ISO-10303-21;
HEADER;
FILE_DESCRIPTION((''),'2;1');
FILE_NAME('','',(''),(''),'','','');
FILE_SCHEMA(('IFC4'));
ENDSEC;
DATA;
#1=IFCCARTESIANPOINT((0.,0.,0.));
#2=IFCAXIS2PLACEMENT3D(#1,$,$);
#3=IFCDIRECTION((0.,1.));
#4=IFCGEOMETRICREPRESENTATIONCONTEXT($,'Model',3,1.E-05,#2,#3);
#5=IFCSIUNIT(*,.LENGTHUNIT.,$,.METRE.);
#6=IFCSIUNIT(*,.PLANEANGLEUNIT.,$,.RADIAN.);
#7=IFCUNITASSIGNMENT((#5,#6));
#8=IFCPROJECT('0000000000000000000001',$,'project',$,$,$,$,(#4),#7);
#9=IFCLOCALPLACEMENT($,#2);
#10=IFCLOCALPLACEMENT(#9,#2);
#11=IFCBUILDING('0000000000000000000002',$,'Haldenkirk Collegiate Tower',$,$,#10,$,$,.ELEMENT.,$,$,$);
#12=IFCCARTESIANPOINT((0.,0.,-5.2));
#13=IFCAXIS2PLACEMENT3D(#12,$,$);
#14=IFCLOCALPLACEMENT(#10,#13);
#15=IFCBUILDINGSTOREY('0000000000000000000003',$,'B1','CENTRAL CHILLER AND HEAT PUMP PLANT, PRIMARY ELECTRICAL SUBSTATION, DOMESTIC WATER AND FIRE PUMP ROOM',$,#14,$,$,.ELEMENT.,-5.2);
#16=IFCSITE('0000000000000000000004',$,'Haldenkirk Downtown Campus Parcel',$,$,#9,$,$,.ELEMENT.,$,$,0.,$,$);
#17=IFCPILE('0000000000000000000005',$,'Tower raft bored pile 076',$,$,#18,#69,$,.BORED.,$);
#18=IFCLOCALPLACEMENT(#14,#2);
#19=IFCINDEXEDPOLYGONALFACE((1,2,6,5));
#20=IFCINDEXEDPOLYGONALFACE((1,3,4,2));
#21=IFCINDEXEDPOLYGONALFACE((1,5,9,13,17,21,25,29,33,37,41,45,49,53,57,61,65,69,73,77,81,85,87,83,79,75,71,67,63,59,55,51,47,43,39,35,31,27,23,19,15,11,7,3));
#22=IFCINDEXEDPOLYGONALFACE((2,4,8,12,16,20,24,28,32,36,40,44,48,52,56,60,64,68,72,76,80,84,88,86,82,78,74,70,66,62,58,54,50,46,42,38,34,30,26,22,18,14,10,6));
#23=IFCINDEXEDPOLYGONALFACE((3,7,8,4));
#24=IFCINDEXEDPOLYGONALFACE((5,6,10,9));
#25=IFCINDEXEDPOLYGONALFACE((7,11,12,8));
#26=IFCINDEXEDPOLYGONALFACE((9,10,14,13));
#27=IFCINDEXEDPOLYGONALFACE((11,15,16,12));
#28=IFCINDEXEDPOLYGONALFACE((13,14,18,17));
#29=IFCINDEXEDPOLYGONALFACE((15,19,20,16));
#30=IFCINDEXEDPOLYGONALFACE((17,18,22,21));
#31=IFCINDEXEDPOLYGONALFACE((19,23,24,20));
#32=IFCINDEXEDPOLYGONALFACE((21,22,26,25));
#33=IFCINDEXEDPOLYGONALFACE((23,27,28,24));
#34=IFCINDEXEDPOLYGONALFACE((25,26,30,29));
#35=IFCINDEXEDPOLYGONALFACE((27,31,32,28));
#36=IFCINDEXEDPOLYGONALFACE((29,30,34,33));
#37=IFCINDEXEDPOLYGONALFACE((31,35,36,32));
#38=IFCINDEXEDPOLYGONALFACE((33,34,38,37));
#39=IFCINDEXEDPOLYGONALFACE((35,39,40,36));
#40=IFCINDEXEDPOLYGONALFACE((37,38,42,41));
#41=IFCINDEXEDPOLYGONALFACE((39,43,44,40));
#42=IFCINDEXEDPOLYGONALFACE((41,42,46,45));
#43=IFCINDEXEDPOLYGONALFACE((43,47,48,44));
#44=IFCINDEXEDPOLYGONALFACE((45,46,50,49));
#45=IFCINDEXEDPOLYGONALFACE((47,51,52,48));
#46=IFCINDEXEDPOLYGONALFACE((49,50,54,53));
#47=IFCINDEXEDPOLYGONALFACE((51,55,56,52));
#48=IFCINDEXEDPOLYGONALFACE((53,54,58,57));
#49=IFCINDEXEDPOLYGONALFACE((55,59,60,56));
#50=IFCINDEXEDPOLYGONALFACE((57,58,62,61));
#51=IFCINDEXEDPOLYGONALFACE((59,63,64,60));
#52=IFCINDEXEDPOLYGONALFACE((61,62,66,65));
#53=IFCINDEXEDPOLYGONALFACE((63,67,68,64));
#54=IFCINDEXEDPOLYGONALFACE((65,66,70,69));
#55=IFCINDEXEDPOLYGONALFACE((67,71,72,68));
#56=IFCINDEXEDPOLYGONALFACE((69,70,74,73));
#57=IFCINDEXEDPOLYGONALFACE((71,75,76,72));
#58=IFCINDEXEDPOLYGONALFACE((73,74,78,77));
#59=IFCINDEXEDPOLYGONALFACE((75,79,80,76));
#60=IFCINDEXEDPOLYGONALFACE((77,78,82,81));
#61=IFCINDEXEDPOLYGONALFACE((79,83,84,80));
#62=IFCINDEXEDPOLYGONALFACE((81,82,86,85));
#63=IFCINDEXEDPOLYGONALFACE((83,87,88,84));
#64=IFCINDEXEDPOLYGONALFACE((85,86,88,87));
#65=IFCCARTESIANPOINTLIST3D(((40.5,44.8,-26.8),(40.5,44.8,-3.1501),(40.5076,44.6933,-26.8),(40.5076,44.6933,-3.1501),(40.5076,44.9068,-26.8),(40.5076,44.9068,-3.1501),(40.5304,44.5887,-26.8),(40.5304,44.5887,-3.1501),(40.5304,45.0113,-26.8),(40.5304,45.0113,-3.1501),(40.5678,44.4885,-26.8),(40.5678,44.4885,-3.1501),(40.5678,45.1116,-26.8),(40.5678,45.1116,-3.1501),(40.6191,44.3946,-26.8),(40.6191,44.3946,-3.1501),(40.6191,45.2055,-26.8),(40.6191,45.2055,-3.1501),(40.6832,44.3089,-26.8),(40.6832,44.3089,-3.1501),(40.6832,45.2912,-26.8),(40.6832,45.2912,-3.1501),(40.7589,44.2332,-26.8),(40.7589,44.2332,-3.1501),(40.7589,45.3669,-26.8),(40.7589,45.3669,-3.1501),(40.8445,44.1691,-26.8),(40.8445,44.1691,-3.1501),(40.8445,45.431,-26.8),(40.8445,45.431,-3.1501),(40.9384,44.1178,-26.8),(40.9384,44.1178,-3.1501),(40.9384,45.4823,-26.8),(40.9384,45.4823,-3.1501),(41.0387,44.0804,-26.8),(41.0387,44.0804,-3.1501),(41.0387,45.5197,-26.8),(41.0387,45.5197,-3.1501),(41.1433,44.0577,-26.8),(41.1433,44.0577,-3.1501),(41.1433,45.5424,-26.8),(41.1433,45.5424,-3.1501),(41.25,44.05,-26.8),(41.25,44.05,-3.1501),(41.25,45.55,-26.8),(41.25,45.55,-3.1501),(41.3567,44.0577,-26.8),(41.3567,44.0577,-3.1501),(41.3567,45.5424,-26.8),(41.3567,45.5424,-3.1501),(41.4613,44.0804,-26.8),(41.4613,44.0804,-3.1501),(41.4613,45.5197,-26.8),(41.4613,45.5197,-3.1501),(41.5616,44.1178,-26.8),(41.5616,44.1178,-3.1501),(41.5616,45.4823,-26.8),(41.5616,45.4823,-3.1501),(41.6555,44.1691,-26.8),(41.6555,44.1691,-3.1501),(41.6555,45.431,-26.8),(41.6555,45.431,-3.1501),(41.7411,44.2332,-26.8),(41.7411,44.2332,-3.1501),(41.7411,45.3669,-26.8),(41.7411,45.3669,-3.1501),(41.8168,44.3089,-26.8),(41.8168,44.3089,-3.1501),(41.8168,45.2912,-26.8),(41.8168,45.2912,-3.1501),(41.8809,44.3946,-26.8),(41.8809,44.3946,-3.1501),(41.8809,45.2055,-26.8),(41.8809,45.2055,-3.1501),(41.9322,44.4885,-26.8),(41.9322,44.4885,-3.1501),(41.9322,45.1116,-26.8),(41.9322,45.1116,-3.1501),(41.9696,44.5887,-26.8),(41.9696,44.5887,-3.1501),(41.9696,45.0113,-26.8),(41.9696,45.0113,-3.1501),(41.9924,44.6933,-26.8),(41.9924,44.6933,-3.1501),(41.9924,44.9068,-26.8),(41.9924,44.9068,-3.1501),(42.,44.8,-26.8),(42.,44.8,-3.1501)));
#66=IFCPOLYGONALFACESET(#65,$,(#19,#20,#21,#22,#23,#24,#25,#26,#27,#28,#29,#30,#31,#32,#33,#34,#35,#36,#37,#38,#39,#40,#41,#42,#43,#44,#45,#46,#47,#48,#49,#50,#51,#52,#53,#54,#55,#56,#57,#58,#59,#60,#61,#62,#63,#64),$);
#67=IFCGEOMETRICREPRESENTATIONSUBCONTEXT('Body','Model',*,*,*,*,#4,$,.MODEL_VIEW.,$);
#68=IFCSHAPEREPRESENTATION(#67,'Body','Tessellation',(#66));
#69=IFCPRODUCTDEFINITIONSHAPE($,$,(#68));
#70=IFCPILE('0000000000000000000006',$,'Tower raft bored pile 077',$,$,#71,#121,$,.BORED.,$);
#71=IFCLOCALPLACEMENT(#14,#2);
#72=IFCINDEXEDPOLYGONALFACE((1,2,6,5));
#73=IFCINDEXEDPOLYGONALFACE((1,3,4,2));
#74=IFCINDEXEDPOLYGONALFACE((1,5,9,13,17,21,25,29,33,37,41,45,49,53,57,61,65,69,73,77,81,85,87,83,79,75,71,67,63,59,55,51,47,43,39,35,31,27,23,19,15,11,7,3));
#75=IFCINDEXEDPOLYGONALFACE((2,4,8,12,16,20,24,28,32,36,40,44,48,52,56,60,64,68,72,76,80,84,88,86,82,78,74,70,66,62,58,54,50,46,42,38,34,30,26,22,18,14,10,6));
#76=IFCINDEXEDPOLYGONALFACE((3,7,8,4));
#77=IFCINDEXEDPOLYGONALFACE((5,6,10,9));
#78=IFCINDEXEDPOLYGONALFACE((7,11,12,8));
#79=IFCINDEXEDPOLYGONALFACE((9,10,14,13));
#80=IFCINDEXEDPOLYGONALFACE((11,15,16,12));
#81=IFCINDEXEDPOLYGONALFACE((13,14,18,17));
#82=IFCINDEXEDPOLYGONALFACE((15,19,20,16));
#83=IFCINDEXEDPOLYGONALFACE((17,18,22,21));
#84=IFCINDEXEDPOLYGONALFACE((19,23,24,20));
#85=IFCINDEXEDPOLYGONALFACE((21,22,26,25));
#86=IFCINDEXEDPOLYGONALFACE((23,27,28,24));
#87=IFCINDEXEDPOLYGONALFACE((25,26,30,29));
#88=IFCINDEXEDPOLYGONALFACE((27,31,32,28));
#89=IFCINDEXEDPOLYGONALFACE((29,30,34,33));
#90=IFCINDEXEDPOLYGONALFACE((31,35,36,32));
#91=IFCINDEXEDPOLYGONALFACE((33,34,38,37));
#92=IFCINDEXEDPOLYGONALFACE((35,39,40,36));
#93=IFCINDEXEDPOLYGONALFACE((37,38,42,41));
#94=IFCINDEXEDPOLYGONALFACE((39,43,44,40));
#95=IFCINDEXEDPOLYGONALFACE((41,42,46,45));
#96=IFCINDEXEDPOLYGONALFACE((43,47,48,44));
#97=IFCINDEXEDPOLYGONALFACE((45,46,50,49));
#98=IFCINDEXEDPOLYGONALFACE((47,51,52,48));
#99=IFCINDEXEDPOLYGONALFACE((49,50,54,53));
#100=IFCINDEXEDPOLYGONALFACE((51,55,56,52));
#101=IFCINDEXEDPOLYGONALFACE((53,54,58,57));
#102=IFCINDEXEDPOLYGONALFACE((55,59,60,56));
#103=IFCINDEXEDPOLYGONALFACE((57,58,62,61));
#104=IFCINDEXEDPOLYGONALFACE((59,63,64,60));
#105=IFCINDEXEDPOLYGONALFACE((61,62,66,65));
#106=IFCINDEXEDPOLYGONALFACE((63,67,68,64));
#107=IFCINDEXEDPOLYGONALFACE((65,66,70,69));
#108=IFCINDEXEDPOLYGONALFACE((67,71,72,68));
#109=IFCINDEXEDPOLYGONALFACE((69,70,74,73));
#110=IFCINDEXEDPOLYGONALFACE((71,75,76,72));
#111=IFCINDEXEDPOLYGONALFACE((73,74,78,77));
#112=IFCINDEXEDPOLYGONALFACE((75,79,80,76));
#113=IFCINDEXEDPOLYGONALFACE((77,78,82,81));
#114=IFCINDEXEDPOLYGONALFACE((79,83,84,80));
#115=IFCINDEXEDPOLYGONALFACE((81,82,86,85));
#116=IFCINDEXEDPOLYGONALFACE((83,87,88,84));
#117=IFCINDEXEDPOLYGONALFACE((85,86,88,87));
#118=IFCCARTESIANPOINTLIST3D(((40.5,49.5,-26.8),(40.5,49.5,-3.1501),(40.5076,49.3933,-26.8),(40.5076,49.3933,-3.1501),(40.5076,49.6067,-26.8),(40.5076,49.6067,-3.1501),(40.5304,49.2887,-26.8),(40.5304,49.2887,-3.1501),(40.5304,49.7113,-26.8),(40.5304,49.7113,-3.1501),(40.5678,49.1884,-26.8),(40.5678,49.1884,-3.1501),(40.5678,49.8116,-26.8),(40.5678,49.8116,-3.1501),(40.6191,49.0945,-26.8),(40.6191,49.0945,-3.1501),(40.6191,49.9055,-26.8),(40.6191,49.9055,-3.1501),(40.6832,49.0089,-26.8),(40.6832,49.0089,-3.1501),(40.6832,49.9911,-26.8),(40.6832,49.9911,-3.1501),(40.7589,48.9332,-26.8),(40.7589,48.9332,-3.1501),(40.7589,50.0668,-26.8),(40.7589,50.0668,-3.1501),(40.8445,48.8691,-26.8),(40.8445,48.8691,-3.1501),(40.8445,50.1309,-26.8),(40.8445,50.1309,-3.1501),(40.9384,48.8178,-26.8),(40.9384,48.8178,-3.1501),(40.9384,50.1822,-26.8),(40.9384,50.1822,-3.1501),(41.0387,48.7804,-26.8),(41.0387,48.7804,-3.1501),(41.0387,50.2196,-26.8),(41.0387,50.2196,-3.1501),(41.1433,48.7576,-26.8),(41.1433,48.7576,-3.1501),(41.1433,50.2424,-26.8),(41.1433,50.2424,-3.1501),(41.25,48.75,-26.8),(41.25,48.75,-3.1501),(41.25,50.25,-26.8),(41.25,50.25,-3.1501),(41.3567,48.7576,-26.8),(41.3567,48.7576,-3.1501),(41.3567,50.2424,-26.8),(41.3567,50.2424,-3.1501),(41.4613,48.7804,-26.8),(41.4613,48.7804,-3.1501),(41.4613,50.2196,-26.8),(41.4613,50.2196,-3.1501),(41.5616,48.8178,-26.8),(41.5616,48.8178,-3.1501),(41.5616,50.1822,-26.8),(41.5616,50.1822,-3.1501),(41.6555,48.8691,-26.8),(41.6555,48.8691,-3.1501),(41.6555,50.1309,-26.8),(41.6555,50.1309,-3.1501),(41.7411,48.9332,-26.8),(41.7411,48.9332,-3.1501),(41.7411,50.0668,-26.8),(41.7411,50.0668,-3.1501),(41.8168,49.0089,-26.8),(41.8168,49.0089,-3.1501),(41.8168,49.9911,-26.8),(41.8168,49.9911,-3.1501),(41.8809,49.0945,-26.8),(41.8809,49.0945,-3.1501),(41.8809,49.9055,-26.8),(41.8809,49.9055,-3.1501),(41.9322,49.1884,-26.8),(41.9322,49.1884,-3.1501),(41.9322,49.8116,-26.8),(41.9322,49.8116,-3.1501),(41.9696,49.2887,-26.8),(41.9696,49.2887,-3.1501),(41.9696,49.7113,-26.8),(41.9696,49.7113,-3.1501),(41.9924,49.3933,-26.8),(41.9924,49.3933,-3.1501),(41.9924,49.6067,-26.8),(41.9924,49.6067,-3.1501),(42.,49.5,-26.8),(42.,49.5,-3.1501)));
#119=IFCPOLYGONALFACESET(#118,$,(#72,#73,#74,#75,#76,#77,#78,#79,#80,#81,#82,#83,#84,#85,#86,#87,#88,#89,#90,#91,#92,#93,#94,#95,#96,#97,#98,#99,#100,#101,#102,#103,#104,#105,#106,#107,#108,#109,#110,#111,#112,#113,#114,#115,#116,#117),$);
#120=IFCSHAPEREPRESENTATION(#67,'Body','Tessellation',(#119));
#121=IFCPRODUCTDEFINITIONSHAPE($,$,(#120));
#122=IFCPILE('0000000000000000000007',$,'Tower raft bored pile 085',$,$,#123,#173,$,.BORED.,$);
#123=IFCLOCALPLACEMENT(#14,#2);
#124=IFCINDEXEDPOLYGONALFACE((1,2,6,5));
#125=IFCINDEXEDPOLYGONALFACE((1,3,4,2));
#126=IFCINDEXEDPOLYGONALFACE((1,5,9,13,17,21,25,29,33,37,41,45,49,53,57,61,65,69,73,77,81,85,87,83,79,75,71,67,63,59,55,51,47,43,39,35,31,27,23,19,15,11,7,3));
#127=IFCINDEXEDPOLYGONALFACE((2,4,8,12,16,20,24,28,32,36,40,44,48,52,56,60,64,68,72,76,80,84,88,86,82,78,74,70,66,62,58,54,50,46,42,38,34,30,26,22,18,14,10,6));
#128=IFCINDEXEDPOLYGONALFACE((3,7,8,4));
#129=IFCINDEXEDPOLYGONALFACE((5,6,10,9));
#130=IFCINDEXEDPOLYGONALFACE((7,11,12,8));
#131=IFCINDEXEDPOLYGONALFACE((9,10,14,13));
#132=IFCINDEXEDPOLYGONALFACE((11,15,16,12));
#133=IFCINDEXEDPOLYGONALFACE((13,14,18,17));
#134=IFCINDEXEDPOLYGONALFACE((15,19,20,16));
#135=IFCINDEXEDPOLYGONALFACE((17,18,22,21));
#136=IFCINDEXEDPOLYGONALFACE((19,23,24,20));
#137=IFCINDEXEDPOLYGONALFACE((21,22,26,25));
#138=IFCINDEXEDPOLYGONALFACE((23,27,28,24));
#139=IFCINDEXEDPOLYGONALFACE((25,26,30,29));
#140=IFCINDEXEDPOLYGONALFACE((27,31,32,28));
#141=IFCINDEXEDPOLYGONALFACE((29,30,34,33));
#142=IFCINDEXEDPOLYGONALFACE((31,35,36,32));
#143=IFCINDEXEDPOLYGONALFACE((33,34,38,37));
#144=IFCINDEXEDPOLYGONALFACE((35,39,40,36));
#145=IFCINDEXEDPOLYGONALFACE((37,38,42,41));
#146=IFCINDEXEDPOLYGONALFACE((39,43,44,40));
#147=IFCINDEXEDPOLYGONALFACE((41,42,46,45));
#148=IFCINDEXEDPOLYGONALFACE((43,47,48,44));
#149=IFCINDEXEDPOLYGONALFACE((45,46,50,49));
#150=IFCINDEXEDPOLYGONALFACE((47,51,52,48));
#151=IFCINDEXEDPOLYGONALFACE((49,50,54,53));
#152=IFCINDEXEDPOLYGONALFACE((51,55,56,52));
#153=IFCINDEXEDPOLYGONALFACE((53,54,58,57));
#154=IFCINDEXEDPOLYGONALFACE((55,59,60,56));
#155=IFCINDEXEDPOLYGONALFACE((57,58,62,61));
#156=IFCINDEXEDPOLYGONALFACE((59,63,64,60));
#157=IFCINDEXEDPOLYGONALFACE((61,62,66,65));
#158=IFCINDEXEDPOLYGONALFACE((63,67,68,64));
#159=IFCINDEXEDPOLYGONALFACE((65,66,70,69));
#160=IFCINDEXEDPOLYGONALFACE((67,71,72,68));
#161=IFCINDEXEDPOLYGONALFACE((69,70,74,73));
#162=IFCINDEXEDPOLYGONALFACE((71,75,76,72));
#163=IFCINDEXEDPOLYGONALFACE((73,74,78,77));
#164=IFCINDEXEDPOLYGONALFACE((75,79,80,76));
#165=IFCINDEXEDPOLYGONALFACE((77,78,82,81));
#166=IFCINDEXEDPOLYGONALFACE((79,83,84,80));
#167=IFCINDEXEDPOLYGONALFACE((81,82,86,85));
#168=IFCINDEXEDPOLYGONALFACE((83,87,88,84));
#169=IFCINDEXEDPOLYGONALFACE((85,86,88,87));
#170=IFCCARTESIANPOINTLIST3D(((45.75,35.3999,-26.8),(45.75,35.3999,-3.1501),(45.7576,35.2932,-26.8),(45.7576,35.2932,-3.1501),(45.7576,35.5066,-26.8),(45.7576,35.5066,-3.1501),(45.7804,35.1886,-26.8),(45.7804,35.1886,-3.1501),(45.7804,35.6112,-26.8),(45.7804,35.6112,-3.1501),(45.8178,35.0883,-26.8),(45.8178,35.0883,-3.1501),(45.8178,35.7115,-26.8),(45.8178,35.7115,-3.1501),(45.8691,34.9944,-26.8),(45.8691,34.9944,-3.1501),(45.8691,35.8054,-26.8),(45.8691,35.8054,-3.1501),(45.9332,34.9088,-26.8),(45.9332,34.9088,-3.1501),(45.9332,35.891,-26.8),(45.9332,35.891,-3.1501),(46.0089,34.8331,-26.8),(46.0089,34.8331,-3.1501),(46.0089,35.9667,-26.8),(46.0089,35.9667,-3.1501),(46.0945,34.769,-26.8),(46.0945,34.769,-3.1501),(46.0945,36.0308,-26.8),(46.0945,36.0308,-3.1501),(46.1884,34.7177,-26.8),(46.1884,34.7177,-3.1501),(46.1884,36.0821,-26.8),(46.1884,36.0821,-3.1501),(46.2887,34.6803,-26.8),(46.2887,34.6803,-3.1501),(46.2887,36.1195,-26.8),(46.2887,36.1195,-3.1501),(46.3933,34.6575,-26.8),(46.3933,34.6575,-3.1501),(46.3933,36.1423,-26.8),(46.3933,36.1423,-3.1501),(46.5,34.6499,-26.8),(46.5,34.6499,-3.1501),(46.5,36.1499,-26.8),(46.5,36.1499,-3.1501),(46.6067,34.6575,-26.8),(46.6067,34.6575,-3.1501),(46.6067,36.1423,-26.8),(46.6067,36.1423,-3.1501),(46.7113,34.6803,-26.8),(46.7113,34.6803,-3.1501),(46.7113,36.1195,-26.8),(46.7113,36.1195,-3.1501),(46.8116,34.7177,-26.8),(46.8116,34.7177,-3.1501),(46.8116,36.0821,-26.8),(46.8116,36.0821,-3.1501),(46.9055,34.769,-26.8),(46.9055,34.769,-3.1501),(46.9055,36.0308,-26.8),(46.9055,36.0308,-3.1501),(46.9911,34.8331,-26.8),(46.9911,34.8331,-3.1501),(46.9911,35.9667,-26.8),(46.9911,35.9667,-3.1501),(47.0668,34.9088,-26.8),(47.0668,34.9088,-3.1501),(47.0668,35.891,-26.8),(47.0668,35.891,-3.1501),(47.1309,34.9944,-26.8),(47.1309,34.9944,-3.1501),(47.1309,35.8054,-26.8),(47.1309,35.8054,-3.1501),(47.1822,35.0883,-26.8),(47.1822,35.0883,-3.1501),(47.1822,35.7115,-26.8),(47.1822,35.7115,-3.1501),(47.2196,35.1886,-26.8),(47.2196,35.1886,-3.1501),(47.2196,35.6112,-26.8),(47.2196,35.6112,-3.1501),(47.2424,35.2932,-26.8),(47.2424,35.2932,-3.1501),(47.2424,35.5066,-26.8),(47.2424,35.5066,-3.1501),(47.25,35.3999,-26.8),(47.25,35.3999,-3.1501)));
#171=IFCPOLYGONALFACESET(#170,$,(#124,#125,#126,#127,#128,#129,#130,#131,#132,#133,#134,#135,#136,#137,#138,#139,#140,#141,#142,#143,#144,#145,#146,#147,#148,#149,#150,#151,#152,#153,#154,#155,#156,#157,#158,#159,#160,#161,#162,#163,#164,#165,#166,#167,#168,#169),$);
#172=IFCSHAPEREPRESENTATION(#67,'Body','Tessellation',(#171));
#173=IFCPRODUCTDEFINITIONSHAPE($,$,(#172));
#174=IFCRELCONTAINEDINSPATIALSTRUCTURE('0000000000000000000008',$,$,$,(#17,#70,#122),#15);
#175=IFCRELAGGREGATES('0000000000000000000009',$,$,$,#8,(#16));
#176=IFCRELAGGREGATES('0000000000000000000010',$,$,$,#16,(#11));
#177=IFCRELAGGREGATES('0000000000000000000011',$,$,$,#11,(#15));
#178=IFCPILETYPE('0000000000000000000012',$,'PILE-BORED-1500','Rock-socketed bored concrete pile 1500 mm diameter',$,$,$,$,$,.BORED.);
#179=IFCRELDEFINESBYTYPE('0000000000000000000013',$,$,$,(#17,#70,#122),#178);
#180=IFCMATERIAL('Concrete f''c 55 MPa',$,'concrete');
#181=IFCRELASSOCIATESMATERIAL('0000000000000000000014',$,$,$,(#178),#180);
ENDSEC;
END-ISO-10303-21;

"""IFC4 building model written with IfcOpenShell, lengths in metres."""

from ifc_helpers import new_model, si_unit, direction, frame, origin, origin_2d, place, context, subcontext, project, spatial, circle, extrude, material, material_profile, profile_set, type_object, element, save


model = new_model("IFC4")

# Units and contexts
model_context = context("Model", 3, precision=1e-05, world=origin(), true_north=direction((0.0, 1.0)))
body_context = subcontext(model_context, "Body", "Model", "MODEL_VIEW")
ifc_project = project(units=[si_unit("LENGTHUNIT", "METRE"), si_unit("PLANEANGLEUNIT", "RADIAN")], contexts=[model_context])

# Site, building, storey
site_placement = place(None, origin())
site = spatial("IfcSite", under=ifc_project, at=site_placement, Name="Haldenkirk Downtown Campus Parcel", CompositionType="ELEMENT", RefElevation=0.0)
building_placement = place(site_placement, origin())
building = spatial("IfcBuilding", under=site, at=building_placement, Name="Haldenkirk Collegiate Tower", CompositionType="ELEMENT")
storey_placement = place(building_placement, frame((0.0, 0.0, -5.2)))
storey = spatial("IfcBuildingStorey", under=building, at=storey_placement, Name="B1", Description="CENTRAL CHILLER AND HEAT PUMP PLANT, PRIMARY ELECTRICAL SUBSTATION, DOMESTIC WATER AND FIRE PUMP ROOM", CompositionType="ELEMENT", Elevation=-5.2)

# Piles
ifc_material_1 = material(Name="Concrete f'c 55 MPa", Category="concrete")
ifc_material_profile_1 = material_profile(ifc_material_1, circle(Radius=0.75, at=origin_2d()), Name="PILE1500")
ifc_profile_set_1 = profile_set([ifc_material_profile_1], Name="Concrete f'c 55 MPa")
pile_type = type_object("IfcPileType", Name="PILE-BORED-1500", Description="Rock-socketed bored concrete pile 1500 mm diameter", PredefinedType="BORED", material=ifc_profile_set_1)
for number, where, z_axis, x_axis, name in (
    (1, (41.25, 44.8, -3.1501), (0.0, 0.0, -1.0), (1.0, 0.0, 0.0), "Tower raft bored pile 076"),
    (2, (41.25, 49.5, -3.1501), (0.0, 0.0, -1.0), (1.0, 0.0, 0.0), "Tower raft bored pile 077"),
    (3, (46.5, 35.3999, -3.1501), (0.0, 0.0, -1.0), (1.0, 0.0, 0.0), "Tower raft bored pile 085"),
):
    element("IfcPile", number, at=place(storey_placement, frame(where, z_axis=z_axis, x_axis=x_axis)), inside=storey, type_object=pile_type, Name=name, PredefinedType="BORED", context=body_context, shape_type="SweptSolid", body=[
        extrude(circle(Radius=0.75, at=origin_2d()), origin(), (0.0, 0.0, 1.0), 23.6499),
    ])

save(model, "model.ifc")
